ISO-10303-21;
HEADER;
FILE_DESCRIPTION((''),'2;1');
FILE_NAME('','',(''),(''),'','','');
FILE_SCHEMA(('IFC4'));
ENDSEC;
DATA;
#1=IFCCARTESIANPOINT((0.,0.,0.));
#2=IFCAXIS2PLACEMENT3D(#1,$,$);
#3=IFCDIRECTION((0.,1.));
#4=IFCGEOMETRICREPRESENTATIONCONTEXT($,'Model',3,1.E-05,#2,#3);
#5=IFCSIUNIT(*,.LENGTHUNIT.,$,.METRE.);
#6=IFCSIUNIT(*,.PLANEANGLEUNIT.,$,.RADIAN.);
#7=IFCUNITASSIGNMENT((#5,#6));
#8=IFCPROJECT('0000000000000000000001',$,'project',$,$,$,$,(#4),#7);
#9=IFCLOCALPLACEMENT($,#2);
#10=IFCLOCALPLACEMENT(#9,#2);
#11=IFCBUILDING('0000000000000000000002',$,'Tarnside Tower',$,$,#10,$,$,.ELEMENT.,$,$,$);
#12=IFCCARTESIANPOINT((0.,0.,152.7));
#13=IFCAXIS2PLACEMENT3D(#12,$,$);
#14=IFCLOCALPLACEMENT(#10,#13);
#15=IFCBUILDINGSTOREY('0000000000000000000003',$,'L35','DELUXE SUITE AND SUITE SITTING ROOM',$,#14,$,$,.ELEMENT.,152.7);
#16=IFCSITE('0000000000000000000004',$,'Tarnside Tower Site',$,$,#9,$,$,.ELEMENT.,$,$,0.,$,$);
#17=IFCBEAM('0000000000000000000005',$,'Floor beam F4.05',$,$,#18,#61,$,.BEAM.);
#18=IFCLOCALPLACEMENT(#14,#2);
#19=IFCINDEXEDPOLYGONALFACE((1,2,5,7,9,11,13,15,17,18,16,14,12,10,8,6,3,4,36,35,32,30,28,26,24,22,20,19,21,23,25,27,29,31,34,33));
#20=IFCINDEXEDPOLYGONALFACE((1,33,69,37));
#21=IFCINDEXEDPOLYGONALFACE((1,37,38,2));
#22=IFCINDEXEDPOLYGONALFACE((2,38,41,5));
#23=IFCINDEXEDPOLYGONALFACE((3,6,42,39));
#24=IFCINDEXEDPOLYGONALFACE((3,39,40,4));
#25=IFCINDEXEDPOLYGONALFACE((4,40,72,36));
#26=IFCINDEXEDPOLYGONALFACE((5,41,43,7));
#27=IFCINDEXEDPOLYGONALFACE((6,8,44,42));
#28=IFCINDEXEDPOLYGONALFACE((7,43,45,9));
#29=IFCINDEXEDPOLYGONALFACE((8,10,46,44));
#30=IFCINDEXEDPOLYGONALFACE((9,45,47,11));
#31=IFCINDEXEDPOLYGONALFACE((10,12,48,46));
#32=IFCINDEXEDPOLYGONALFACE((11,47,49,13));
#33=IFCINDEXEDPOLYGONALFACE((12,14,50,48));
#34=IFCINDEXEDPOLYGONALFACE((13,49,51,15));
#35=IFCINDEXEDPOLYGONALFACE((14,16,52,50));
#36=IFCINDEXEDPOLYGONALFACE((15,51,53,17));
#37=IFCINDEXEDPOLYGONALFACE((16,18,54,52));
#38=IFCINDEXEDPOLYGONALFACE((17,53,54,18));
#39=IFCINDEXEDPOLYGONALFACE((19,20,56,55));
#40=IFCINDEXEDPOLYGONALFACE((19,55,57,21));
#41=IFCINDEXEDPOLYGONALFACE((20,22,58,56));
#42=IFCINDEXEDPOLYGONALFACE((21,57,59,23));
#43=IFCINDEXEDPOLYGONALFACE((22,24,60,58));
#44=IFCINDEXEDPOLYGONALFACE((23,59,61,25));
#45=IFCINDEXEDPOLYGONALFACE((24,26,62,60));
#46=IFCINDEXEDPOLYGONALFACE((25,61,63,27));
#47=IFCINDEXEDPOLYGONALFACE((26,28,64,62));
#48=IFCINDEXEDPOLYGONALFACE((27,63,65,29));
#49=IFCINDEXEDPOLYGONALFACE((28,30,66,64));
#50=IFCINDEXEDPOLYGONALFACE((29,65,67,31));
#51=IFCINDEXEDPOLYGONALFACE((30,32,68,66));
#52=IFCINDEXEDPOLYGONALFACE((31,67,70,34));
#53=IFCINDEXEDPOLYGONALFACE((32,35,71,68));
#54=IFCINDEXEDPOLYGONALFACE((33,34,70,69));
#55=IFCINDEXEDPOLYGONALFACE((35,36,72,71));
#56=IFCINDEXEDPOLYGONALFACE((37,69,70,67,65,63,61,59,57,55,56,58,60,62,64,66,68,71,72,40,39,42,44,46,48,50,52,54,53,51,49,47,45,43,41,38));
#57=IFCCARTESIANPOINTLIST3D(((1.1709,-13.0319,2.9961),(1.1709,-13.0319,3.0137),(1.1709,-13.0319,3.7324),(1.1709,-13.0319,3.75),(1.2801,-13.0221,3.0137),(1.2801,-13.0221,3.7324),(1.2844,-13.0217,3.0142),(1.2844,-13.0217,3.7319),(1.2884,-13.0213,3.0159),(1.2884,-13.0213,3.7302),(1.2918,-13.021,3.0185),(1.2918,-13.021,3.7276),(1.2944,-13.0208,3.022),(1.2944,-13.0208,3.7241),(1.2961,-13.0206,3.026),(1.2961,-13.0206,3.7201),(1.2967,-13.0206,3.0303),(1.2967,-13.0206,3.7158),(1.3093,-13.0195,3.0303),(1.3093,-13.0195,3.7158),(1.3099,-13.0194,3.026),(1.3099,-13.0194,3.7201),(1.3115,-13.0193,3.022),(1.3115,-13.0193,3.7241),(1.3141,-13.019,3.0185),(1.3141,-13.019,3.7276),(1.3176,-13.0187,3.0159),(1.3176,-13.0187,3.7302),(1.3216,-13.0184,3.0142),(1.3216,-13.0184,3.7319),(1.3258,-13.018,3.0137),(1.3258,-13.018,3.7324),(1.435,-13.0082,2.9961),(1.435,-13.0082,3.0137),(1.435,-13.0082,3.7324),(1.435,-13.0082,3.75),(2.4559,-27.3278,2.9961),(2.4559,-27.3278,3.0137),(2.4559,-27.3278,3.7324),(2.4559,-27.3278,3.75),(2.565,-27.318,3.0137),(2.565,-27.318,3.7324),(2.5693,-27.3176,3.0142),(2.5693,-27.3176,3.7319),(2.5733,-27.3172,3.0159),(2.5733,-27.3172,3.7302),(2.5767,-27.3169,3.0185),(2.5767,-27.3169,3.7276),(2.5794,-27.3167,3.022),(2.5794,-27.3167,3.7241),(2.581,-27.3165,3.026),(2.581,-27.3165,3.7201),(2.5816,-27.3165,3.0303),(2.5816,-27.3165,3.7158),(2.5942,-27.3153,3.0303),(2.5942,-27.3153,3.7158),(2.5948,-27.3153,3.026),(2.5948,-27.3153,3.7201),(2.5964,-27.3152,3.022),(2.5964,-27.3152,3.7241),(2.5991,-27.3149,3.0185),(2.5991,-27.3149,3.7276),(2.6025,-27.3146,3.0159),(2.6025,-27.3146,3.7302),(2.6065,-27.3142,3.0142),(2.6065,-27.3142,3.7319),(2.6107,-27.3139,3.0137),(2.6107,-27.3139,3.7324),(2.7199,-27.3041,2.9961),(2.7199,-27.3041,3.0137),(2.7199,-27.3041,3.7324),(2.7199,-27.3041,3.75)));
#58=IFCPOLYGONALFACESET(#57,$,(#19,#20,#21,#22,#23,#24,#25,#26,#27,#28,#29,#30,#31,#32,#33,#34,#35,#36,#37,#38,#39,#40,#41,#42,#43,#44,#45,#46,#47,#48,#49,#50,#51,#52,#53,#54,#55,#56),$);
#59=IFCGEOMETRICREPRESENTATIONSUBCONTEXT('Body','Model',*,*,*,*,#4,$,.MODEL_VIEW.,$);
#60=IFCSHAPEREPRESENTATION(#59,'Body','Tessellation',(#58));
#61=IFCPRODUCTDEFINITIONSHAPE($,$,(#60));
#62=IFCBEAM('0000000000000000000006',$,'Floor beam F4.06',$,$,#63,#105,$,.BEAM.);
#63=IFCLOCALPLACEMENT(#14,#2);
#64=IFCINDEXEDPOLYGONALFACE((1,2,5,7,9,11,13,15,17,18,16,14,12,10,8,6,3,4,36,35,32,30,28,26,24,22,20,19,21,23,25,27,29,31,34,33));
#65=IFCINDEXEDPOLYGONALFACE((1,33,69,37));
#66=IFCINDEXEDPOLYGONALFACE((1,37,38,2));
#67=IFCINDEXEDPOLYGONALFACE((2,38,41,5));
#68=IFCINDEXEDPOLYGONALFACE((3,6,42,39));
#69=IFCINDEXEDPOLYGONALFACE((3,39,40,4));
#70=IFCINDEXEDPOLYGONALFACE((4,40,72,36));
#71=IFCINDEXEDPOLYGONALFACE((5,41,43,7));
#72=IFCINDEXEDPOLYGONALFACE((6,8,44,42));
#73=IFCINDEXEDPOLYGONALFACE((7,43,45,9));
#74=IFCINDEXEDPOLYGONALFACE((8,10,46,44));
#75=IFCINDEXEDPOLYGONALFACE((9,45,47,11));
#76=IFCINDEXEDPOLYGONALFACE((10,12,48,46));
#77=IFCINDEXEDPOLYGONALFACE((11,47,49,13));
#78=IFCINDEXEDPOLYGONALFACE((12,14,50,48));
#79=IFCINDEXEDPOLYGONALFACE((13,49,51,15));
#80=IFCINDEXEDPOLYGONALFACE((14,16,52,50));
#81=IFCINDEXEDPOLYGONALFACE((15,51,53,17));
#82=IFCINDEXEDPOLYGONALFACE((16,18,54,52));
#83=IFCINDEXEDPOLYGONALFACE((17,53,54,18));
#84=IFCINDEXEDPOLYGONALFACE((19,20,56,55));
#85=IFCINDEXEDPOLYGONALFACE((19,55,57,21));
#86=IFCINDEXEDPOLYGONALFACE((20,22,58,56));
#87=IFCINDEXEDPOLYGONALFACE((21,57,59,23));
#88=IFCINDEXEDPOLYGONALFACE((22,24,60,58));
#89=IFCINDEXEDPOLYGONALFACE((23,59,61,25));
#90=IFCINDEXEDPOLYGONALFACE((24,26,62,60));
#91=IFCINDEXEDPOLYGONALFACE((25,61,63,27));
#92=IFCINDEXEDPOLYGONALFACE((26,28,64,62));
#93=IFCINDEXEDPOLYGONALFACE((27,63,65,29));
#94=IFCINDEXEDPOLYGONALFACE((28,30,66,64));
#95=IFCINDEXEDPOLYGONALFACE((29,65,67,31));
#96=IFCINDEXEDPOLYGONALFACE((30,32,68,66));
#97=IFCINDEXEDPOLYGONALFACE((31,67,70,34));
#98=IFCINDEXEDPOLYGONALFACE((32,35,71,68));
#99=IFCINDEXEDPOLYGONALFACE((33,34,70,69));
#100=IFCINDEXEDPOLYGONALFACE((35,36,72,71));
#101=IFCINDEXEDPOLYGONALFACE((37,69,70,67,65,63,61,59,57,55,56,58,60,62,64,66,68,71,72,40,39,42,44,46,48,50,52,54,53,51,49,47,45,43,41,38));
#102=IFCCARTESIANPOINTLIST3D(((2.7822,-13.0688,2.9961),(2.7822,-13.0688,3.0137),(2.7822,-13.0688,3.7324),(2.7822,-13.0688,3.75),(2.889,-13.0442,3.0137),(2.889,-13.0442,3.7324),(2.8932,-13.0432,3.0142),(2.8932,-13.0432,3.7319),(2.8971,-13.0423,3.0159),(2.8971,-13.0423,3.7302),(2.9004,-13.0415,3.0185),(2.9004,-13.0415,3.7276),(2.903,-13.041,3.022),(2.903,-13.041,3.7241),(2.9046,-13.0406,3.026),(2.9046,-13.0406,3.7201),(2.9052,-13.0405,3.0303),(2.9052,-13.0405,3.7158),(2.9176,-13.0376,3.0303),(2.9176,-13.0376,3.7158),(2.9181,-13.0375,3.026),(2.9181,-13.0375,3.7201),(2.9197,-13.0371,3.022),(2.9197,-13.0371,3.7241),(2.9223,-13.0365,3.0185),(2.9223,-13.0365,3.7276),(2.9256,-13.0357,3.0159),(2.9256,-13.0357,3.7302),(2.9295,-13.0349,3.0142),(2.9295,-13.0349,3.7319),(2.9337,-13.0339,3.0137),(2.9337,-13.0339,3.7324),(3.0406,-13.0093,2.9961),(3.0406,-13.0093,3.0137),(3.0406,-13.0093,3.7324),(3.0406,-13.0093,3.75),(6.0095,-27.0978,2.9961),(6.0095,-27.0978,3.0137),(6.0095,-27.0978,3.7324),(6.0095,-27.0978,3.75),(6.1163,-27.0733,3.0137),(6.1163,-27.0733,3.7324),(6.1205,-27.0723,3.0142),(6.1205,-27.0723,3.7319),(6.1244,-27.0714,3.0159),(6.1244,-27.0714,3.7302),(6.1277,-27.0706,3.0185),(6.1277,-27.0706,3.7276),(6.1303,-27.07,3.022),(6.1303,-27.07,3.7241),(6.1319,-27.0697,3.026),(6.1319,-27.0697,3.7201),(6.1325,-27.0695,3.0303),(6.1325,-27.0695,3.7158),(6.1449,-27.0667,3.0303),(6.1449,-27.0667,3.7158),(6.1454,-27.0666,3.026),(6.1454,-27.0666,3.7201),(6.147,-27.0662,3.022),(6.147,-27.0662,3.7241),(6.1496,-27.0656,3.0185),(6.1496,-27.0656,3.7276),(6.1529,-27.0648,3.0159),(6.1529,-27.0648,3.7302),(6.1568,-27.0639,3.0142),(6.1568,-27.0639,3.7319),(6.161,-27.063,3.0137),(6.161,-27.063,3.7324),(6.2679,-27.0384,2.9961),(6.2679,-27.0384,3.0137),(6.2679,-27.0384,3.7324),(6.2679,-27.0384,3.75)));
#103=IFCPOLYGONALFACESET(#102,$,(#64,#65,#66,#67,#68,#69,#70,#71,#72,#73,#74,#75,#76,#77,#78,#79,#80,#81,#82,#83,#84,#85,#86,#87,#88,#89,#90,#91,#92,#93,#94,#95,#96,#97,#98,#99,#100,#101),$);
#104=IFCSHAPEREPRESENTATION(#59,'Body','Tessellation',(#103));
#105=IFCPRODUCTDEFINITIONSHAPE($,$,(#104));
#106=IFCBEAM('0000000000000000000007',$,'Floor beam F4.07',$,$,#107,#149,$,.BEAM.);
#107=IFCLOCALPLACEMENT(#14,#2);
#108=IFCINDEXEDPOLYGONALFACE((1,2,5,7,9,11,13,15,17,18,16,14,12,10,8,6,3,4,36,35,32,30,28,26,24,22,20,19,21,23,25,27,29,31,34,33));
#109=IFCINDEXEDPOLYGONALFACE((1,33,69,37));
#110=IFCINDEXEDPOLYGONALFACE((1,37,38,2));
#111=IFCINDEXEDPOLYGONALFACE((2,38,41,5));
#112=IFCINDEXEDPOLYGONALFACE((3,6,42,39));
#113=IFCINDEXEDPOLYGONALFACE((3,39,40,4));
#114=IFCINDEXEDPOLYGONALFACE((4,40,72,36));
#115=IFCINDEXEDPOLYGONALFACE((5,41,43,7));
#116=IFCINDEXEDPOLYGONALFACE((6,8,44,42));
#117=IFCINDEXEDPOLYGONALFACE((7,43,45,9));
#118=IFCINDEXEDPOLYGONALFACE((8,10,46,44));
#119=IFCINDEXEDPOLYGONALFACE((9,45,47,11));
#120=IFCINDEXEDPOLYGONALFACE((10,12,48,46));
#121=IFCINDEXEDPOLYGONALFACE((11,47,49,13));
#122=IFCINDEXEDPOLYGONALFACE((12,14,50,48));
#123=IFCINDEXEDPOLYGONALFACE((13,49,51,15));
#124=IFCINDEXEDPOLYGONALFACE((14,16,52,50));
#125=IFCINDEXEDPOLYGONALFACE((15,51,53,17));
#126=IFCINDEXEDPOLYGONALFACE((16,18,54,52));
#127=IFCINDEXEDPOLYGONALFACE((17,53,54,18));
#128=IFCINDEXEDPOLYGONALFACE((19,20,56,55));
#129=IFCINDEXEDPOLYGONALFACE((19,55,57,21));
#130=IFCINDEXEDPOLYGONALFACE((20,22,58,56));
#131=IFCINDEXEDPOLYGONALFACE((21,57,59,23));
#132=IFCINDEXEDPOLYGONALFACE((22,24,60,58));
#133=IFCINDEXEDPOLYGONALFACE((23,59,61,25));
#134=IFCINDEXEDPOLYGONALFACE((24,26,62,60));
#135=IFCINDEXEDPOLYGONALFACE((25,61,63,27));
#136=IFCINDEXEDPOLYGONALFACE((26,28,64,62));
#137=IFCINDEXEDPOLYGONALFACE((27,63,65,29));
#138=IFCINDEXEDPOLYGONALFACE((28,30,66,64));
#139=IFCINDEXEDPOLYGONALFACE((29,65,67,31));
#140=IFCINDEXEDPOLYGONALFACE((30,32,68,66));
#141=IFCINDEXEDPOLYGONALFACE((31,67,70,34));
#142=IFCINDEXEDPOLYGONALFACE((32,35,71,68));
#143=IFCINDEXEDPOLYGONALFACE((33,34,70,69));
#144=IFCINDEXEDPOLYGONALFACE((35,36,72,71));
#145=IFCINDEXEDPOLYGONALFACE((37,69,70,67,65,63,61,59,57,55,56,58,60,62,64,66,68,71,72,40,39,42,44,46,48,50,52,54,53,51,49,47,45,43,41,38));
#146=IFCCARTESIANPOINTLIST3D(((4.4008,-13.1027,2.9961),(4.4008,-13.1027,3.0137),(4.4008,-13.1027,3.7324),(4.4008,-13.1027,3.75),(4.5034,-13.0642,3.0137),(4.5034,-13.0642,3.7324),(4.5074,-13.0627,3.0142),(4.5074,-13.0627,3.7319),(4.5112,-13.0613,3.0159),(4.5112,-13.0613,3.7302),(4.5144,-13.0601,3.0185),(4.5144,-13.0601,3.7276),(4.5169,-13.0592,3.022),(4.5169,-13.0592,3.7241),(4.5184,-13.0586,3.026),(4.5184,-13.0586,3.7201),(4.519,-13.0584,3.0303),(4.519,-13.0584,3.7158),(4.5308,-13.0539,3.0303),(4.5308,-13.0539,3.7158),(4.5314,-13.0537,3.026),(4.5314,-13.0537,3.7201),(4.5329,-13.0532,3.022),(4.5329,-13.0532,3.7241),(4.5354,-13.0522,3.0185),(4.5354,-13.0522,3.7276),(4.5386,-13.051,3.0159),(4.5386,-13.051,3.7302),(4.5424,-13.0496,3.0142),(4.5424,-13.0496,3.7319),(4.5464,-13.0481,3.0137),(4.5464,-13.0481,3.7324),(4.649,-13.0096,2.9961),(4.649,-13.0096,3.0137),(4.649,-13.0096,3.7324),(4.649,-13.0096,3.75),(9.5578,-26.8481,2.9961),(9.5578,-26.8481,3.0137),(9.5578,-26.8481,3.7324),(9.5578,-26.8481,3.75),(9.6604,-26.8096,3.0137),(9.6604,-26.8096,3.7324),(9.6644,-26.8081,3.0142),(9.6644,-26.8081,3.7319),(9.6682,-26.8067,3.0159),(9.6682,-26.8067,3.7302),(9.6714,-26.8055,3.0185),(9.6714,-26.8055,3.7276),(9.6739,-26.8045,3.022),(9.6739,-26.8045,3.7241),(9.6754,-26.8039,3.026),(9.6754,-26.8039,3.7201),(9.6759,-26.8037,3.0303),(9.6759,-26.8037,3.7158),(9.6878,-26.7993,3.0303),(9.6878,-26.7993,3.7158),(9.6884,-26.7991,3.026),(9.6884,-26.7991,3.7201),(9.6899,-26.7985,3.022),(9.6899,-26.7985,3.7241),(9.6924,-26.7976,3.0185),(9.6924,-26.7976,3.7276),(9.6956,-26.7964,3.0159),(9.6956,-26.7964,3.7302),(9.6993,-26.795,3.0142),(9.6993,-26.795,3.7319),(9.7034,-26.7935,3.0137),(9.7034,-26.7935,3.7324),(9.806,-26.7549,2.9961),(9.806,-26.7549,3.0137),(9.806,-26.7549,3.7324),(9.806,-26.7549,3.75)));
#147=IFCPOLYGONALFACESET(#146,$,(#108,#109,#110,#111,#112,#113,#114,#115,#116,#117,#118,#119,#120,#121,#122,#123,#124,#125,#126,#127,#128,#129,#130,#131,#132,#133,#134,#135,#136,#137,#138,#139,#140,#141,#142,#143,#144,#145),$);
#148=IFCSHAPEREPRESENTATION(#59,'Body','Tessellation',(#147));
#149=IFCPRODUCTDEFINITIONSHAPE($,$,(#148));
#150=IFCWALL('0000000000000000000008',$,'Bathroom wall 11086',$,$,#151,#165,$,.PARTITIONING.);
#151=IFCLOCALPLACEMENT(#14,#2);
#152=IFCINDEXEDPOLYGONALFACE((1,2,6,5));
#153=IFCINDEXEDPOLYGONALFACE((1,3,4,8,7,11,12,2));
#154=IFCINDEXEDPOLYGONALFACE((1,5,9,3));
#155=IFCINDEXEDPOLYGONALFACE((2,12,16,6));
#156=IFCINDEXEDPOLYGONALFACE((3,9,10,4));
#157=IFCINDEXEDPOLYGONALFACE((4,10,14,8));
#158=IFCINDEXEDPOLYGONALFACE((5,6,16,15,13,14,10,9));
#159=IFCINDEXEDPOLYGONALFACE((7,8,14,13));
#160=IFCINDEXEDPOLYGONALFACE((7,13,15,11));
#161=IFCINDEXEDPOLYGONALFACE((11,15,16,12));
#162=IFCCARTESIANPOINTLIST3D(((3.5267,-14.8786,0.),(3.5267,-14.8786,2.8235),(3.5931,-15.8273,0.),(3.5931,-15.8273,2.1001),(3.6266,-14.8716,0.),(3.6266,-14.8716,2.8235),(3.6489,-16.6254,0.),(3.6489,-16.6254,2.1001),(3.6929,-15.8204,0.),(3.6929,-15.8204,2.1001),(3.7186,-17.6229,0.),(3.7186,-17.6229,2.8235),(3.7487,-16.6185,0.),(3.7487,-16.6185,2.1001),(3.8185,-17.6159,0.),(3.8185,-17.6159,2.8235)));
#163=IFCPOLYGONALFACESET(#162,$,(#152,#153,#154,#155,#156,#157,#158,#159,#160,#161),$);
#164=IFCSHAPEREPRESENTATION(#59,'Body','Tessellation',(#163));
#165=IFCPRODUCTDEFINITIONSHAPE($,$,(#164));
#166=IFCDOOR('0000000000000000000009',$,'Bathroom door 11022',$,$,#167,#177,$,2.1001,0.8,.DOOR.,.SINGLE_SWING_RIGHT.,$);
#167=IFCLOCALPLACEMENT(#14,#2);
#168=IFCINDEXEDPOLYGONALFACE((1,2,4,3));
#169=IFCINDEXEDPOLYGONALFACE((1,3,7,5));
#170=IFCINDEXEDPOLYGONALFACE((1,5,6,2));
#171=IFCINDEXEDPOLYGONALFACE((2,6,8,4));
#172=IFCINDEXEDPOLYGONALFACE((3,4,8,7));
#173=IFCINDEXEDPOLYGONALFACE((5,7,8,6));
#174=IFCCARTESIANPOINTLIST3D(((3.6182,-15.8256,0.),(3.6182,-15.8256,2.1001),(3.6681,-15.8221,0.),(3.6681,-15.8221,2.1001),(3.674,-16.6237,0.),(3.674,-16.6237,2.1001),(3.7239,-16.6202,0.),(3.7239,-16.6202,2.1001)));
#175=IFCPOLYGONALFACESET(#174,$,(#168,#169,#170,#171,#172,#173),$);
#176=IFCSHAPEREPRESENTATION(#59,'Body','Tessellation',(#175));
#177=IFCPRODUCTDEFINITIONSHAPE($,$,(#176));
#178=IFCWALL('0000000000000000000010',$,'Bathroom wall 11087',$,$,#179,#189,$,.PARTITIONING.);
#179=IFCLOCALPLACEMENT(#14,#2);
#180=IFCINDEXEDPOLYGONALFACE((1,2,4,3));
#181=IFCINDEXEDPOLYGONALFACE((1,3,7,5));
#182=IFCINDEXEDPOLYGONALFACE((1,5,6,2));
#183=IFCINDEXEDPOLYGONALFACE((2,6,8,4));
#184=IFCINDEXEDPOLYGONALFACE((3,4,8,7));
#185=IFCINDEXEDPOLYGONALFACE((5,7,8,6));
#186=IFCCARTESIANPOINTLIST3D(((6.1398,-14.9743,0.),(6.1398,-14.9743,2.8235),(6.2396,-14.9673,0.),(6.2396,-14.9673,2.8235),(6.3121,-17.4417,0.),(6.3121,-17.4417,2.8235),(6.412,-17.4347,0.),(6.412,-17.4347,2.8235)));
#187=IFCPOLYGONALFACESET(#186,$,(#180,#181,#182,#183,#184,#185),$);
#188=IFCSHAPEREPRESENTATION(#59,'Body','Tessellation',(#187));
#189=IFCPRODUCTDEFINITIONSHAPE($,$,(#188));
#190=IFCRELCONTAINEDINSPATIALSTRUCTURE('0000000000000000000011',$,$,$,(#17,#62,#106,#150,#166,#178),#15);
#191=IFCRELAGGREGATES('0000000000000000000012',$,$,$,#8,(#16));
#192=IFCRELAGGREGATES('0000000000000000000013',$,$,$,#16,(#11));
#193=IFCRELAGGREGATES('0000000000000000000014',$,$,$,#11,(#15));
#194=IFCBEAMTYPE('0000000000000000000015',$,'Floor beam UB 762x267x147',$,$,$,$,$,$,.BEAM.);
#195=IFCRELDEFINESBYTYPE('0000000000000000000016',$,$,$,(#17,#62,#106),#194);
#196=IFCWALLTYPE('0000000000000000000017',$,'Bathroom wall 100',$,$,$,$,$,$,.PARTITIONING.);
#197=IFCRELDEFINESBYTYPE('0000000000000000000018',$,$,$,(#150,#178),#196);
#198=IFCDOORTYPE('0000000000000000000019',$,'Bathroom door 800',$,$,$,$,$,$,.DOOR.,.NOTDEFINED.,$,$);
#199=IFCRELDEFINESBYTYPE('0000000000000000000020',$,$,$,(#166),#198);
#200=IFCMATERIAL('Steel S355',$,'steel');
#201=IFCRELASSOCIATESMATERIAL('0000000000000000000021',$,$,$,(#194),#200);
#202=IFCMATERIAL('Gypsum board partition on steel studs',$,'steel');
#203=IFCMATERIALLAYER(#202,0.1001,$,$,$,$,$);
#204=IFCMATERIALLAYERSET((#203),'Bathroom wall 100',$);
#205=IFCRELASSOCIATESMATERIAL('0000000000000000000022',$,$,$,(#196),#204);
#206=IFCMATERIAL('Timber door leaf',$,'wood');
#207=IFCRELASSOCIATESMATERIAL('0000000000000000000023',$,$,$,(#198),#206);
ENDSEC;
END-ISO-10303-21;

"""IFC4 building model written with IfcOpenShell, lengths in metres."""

from ifc_helpers import new_model, si_unit, direction, frame, frame_2d, origin, origin_2d, place, context, subcontext, project, spatial, rectangle, i_section, extrude, material, layer, layer_set, material_profile, profile_set, type_object, element, fill, save


model = new_model("IFC4")

# Units and contexts
model_context = context("Model", 3, precision=1e-05, world=origin(), true_north=direction((0.0, 1.0)))
body_context = subcontext(model_context, "Body", "Model", "MODEL_VIEW")
ifc_project = project(units=[si_unit("LENGTHUNIT", "METRE"), si_unit("PLANEANGLEUNIT", "RADIAN")], contexts=[model_context])

# Site, building, storey
site_placement = place(None, origin())
site = spatial("IfcSite", under=ifc_project, at=site_placement, Name="Tarnside Tower Site", CompositionType="ELEMENT", RefElevation=0.0)
building_placement = place(site_placement, origin())
building = spatial("IfcBuilding", under=site, at=building_placement, Name="Tarnside Tower", CompositionType="ELEMENT")
storey_placement = place(building_placement, frame((0.0, 0.0, 152.7)))
storey = spatial("IfcBuildingStorey", under=building, at=storey_placement, Name="L35", Description="DELUXE SUITE AND SUITE SITTING ROOM", CompositionType="ELEMENT", Elevation=152.7)

# Beams
ifc_material_1 = material(Name="Steel S355", Category="steel")
ifc_material_profile = material_profile(ifc_material_1, i_section(OverallWidth=0.2651, OverallDepth=0.7539, WebThickness=0.0127, FlangeThickness=0.0176, FilletRadius=0.0166, at=origin_2d()), Name="UB 762x267x147")
ifc_profile_set = profile_set([ifc_material_profile], Name="Steel S355")
beam_type = type_object("IfcBeamType", Name="Floor beam UB 762x267x147", PredefinedType="BEAM", material=ifc_profile_set)
beam_1_placement = place(storey_placement, frame((2.5879, -27.3159, 3.373), z_axis=(-0.089519, 0.995985, 0.0), x_axis=(-0.995985, -0.089519, 0.0)))
element("IfcBeam", 1, at=beam_1_placement, inside=storey, type_object=beam_type, Name="Floor beam F4.05", PredefinedType="BEAM", context=body_context, shape_type="SweptSolid", body=[
    extrude(i_section(OverallWidth=0.2651, OverallDepth=0.7539, WebThickness=0.0127, FlangeThickness=0.0176, FilletRadius=0.0166, at=origin_2d()), origin(), (0.0, 0.0, 1.0), 14.3535),
])
beam_2_placement = place(storey_placement, frame((6.1387, -27.0681, 3.373), z_axis=(-0.224188, 0.974546, 0.0), x_axis=(-0.974546, -0.224188, 0.0)))
element("IfcBeam", 2, at=beam_2_placement, inside=storey, type_object=beam_type, Name="Floor beam F4.06", PredefinedType="BEAM", context=body_context, shape_type="SweptSolid", body=[
    extrude(i_section(OverallWidth=0.2651, OverallDepth=0.7539, WebThickness=0.0127, FlangeThickness=0.0176, FilletRadius=0.0166, at=origin_2d()), origin(), (0.0, 0.0, 1.0), 14.3955),
])
beam_3_placement = place(storey_placement, frame((9.6819, -26.8015, 3.373), z_axis=(-0.351271, 0.936274, 0.0), x_axis=(-0.936274, -0.351271, 0.0)))
element("IfcBeam", 3, at=beam_3_placement, inside=storey, type_object=beam_type, Name="Floor beam F4.07", PredefinedType="BEAM", context=body_context, shape_type="SweptSolid", body=[
    extrude(i_section(OverallWidth=0.2651, OverallDepth=0.7539, WebThickness=0.0127, FlangeThickness=0.0176, FilletRadius=0.0166, at=origin_2d()), origin(), (0.0, 0.0, 1.0), 14.6809),
])

# Wall, opening, door
ifc_material_2 = material(Name="Gypsum board partition on steel studs", Category="steel")
ifc_layer_1 = layer(ifc_material_2, 0.1001)
ifc_layer_set_1 = layer_set([ifc_layer_1], Name="Bathroom wall 100")
wall_type_1 = type_object("IfcWallType", Name="Bathroom wall 100", PredefinedType="PARTITIONING", material=ifc_layer_set_1)
wall_1_placement = place(storey_placement, frame((3.7686, -17.6194, 0.0), z_axis=(0.0, 0.0, 1.0), x_axis=(-0.069752, 0.997564, 0.0)))
wall_1 = element("IfcWall", 4, at=wall_1_placement, inside=storey, type_object=wall_type_1, Name="Bathroom wall 11086", PredefinedType="PARTITIONING", context=body_context, shape_type="SweptSolid", body=[
    extrude(rectangle(XDim=2.751, YDim=0.1001, at=frame_2d((1.3755, 0.0))), origin(), (0.0, 0.0, 1.0), 2.8235),
])
opening_1_placement = place(wall_1_placement, frame((1.0, 0.0, 0.0)))
opening_1 = element("IfcOpeningElement", 5, at=opening_1_placement, cuts=wall_1, PredefinedType="OPENING", context=body_context, shape_type="SweptSolid", body=[
    extrude(rectangle(XDim=0.8, YDim=2.1001, at=frame_2d((0.3999, 1.05))), frame((0.0, 0.0601, 0.0), z_axis=(0.0, -1.0, 0.0), x_axis=(1.0, 0.0, 0.0)), (0.0, 0.0, 1.0), 0.1201),
])
ifc_material_3 = material(Name="Timber door leaf", Category="wood")
door_type_1 = type_object("IfcDoorType", Name="Bathroom door 800", OperationType="NOTDEFINED", PredefinedType="DOOR", material=ifc_material_3)
door_1_placement = place(opening_1_placement, origin())
door_1 = element("IfcDoor", 6, at=door_1_placement, inside=storey, type_object=door_type_1, Name="Bathroom door 11022", OperationType="SINGLE_SWING_RIGHT", OverallHeight=2.1001, OverallWidth=0.8, PredefinedType="DOOR", context=body_context, shape_type="SweptSolid", body=[
    extrude(rectangle(XDim=0.8, YDim=2.1001, at=frame_2d((0.3999, 1.05))), frame((0.0, 0.0249, 0.0), z_axis=(0.0, -1.0, 0.0), x_axis=(1.0, 0.0, 0.0)), (0.0, 0.0, 1.0), 0.05),
])
fill(opening_1, door_1)

# Wall
wall_2_placement = place(storey_placement, frame((6.1897, -14.9707, 0.0), z_axis=(0.0, 0.0, 1.0), x_axis=(0.06969, -0.997569, 0.0)))
element("IfcWall", 7, at=wall_2_placement, inside=storey, type_object=wall_type_1, Name="Bathroom wall 11087", PredefinedType="PARTITIONING", context=body_context, shape_type="SweptSolid", body=[
    extrude(rectangle(XDim=2.4734, YDim=0.1001, at=frame_2d((1.2368, 0.0))), origin(), (0.0, 0.0, 1.0), 2.8235),
])

save(model, "model.ifc")
